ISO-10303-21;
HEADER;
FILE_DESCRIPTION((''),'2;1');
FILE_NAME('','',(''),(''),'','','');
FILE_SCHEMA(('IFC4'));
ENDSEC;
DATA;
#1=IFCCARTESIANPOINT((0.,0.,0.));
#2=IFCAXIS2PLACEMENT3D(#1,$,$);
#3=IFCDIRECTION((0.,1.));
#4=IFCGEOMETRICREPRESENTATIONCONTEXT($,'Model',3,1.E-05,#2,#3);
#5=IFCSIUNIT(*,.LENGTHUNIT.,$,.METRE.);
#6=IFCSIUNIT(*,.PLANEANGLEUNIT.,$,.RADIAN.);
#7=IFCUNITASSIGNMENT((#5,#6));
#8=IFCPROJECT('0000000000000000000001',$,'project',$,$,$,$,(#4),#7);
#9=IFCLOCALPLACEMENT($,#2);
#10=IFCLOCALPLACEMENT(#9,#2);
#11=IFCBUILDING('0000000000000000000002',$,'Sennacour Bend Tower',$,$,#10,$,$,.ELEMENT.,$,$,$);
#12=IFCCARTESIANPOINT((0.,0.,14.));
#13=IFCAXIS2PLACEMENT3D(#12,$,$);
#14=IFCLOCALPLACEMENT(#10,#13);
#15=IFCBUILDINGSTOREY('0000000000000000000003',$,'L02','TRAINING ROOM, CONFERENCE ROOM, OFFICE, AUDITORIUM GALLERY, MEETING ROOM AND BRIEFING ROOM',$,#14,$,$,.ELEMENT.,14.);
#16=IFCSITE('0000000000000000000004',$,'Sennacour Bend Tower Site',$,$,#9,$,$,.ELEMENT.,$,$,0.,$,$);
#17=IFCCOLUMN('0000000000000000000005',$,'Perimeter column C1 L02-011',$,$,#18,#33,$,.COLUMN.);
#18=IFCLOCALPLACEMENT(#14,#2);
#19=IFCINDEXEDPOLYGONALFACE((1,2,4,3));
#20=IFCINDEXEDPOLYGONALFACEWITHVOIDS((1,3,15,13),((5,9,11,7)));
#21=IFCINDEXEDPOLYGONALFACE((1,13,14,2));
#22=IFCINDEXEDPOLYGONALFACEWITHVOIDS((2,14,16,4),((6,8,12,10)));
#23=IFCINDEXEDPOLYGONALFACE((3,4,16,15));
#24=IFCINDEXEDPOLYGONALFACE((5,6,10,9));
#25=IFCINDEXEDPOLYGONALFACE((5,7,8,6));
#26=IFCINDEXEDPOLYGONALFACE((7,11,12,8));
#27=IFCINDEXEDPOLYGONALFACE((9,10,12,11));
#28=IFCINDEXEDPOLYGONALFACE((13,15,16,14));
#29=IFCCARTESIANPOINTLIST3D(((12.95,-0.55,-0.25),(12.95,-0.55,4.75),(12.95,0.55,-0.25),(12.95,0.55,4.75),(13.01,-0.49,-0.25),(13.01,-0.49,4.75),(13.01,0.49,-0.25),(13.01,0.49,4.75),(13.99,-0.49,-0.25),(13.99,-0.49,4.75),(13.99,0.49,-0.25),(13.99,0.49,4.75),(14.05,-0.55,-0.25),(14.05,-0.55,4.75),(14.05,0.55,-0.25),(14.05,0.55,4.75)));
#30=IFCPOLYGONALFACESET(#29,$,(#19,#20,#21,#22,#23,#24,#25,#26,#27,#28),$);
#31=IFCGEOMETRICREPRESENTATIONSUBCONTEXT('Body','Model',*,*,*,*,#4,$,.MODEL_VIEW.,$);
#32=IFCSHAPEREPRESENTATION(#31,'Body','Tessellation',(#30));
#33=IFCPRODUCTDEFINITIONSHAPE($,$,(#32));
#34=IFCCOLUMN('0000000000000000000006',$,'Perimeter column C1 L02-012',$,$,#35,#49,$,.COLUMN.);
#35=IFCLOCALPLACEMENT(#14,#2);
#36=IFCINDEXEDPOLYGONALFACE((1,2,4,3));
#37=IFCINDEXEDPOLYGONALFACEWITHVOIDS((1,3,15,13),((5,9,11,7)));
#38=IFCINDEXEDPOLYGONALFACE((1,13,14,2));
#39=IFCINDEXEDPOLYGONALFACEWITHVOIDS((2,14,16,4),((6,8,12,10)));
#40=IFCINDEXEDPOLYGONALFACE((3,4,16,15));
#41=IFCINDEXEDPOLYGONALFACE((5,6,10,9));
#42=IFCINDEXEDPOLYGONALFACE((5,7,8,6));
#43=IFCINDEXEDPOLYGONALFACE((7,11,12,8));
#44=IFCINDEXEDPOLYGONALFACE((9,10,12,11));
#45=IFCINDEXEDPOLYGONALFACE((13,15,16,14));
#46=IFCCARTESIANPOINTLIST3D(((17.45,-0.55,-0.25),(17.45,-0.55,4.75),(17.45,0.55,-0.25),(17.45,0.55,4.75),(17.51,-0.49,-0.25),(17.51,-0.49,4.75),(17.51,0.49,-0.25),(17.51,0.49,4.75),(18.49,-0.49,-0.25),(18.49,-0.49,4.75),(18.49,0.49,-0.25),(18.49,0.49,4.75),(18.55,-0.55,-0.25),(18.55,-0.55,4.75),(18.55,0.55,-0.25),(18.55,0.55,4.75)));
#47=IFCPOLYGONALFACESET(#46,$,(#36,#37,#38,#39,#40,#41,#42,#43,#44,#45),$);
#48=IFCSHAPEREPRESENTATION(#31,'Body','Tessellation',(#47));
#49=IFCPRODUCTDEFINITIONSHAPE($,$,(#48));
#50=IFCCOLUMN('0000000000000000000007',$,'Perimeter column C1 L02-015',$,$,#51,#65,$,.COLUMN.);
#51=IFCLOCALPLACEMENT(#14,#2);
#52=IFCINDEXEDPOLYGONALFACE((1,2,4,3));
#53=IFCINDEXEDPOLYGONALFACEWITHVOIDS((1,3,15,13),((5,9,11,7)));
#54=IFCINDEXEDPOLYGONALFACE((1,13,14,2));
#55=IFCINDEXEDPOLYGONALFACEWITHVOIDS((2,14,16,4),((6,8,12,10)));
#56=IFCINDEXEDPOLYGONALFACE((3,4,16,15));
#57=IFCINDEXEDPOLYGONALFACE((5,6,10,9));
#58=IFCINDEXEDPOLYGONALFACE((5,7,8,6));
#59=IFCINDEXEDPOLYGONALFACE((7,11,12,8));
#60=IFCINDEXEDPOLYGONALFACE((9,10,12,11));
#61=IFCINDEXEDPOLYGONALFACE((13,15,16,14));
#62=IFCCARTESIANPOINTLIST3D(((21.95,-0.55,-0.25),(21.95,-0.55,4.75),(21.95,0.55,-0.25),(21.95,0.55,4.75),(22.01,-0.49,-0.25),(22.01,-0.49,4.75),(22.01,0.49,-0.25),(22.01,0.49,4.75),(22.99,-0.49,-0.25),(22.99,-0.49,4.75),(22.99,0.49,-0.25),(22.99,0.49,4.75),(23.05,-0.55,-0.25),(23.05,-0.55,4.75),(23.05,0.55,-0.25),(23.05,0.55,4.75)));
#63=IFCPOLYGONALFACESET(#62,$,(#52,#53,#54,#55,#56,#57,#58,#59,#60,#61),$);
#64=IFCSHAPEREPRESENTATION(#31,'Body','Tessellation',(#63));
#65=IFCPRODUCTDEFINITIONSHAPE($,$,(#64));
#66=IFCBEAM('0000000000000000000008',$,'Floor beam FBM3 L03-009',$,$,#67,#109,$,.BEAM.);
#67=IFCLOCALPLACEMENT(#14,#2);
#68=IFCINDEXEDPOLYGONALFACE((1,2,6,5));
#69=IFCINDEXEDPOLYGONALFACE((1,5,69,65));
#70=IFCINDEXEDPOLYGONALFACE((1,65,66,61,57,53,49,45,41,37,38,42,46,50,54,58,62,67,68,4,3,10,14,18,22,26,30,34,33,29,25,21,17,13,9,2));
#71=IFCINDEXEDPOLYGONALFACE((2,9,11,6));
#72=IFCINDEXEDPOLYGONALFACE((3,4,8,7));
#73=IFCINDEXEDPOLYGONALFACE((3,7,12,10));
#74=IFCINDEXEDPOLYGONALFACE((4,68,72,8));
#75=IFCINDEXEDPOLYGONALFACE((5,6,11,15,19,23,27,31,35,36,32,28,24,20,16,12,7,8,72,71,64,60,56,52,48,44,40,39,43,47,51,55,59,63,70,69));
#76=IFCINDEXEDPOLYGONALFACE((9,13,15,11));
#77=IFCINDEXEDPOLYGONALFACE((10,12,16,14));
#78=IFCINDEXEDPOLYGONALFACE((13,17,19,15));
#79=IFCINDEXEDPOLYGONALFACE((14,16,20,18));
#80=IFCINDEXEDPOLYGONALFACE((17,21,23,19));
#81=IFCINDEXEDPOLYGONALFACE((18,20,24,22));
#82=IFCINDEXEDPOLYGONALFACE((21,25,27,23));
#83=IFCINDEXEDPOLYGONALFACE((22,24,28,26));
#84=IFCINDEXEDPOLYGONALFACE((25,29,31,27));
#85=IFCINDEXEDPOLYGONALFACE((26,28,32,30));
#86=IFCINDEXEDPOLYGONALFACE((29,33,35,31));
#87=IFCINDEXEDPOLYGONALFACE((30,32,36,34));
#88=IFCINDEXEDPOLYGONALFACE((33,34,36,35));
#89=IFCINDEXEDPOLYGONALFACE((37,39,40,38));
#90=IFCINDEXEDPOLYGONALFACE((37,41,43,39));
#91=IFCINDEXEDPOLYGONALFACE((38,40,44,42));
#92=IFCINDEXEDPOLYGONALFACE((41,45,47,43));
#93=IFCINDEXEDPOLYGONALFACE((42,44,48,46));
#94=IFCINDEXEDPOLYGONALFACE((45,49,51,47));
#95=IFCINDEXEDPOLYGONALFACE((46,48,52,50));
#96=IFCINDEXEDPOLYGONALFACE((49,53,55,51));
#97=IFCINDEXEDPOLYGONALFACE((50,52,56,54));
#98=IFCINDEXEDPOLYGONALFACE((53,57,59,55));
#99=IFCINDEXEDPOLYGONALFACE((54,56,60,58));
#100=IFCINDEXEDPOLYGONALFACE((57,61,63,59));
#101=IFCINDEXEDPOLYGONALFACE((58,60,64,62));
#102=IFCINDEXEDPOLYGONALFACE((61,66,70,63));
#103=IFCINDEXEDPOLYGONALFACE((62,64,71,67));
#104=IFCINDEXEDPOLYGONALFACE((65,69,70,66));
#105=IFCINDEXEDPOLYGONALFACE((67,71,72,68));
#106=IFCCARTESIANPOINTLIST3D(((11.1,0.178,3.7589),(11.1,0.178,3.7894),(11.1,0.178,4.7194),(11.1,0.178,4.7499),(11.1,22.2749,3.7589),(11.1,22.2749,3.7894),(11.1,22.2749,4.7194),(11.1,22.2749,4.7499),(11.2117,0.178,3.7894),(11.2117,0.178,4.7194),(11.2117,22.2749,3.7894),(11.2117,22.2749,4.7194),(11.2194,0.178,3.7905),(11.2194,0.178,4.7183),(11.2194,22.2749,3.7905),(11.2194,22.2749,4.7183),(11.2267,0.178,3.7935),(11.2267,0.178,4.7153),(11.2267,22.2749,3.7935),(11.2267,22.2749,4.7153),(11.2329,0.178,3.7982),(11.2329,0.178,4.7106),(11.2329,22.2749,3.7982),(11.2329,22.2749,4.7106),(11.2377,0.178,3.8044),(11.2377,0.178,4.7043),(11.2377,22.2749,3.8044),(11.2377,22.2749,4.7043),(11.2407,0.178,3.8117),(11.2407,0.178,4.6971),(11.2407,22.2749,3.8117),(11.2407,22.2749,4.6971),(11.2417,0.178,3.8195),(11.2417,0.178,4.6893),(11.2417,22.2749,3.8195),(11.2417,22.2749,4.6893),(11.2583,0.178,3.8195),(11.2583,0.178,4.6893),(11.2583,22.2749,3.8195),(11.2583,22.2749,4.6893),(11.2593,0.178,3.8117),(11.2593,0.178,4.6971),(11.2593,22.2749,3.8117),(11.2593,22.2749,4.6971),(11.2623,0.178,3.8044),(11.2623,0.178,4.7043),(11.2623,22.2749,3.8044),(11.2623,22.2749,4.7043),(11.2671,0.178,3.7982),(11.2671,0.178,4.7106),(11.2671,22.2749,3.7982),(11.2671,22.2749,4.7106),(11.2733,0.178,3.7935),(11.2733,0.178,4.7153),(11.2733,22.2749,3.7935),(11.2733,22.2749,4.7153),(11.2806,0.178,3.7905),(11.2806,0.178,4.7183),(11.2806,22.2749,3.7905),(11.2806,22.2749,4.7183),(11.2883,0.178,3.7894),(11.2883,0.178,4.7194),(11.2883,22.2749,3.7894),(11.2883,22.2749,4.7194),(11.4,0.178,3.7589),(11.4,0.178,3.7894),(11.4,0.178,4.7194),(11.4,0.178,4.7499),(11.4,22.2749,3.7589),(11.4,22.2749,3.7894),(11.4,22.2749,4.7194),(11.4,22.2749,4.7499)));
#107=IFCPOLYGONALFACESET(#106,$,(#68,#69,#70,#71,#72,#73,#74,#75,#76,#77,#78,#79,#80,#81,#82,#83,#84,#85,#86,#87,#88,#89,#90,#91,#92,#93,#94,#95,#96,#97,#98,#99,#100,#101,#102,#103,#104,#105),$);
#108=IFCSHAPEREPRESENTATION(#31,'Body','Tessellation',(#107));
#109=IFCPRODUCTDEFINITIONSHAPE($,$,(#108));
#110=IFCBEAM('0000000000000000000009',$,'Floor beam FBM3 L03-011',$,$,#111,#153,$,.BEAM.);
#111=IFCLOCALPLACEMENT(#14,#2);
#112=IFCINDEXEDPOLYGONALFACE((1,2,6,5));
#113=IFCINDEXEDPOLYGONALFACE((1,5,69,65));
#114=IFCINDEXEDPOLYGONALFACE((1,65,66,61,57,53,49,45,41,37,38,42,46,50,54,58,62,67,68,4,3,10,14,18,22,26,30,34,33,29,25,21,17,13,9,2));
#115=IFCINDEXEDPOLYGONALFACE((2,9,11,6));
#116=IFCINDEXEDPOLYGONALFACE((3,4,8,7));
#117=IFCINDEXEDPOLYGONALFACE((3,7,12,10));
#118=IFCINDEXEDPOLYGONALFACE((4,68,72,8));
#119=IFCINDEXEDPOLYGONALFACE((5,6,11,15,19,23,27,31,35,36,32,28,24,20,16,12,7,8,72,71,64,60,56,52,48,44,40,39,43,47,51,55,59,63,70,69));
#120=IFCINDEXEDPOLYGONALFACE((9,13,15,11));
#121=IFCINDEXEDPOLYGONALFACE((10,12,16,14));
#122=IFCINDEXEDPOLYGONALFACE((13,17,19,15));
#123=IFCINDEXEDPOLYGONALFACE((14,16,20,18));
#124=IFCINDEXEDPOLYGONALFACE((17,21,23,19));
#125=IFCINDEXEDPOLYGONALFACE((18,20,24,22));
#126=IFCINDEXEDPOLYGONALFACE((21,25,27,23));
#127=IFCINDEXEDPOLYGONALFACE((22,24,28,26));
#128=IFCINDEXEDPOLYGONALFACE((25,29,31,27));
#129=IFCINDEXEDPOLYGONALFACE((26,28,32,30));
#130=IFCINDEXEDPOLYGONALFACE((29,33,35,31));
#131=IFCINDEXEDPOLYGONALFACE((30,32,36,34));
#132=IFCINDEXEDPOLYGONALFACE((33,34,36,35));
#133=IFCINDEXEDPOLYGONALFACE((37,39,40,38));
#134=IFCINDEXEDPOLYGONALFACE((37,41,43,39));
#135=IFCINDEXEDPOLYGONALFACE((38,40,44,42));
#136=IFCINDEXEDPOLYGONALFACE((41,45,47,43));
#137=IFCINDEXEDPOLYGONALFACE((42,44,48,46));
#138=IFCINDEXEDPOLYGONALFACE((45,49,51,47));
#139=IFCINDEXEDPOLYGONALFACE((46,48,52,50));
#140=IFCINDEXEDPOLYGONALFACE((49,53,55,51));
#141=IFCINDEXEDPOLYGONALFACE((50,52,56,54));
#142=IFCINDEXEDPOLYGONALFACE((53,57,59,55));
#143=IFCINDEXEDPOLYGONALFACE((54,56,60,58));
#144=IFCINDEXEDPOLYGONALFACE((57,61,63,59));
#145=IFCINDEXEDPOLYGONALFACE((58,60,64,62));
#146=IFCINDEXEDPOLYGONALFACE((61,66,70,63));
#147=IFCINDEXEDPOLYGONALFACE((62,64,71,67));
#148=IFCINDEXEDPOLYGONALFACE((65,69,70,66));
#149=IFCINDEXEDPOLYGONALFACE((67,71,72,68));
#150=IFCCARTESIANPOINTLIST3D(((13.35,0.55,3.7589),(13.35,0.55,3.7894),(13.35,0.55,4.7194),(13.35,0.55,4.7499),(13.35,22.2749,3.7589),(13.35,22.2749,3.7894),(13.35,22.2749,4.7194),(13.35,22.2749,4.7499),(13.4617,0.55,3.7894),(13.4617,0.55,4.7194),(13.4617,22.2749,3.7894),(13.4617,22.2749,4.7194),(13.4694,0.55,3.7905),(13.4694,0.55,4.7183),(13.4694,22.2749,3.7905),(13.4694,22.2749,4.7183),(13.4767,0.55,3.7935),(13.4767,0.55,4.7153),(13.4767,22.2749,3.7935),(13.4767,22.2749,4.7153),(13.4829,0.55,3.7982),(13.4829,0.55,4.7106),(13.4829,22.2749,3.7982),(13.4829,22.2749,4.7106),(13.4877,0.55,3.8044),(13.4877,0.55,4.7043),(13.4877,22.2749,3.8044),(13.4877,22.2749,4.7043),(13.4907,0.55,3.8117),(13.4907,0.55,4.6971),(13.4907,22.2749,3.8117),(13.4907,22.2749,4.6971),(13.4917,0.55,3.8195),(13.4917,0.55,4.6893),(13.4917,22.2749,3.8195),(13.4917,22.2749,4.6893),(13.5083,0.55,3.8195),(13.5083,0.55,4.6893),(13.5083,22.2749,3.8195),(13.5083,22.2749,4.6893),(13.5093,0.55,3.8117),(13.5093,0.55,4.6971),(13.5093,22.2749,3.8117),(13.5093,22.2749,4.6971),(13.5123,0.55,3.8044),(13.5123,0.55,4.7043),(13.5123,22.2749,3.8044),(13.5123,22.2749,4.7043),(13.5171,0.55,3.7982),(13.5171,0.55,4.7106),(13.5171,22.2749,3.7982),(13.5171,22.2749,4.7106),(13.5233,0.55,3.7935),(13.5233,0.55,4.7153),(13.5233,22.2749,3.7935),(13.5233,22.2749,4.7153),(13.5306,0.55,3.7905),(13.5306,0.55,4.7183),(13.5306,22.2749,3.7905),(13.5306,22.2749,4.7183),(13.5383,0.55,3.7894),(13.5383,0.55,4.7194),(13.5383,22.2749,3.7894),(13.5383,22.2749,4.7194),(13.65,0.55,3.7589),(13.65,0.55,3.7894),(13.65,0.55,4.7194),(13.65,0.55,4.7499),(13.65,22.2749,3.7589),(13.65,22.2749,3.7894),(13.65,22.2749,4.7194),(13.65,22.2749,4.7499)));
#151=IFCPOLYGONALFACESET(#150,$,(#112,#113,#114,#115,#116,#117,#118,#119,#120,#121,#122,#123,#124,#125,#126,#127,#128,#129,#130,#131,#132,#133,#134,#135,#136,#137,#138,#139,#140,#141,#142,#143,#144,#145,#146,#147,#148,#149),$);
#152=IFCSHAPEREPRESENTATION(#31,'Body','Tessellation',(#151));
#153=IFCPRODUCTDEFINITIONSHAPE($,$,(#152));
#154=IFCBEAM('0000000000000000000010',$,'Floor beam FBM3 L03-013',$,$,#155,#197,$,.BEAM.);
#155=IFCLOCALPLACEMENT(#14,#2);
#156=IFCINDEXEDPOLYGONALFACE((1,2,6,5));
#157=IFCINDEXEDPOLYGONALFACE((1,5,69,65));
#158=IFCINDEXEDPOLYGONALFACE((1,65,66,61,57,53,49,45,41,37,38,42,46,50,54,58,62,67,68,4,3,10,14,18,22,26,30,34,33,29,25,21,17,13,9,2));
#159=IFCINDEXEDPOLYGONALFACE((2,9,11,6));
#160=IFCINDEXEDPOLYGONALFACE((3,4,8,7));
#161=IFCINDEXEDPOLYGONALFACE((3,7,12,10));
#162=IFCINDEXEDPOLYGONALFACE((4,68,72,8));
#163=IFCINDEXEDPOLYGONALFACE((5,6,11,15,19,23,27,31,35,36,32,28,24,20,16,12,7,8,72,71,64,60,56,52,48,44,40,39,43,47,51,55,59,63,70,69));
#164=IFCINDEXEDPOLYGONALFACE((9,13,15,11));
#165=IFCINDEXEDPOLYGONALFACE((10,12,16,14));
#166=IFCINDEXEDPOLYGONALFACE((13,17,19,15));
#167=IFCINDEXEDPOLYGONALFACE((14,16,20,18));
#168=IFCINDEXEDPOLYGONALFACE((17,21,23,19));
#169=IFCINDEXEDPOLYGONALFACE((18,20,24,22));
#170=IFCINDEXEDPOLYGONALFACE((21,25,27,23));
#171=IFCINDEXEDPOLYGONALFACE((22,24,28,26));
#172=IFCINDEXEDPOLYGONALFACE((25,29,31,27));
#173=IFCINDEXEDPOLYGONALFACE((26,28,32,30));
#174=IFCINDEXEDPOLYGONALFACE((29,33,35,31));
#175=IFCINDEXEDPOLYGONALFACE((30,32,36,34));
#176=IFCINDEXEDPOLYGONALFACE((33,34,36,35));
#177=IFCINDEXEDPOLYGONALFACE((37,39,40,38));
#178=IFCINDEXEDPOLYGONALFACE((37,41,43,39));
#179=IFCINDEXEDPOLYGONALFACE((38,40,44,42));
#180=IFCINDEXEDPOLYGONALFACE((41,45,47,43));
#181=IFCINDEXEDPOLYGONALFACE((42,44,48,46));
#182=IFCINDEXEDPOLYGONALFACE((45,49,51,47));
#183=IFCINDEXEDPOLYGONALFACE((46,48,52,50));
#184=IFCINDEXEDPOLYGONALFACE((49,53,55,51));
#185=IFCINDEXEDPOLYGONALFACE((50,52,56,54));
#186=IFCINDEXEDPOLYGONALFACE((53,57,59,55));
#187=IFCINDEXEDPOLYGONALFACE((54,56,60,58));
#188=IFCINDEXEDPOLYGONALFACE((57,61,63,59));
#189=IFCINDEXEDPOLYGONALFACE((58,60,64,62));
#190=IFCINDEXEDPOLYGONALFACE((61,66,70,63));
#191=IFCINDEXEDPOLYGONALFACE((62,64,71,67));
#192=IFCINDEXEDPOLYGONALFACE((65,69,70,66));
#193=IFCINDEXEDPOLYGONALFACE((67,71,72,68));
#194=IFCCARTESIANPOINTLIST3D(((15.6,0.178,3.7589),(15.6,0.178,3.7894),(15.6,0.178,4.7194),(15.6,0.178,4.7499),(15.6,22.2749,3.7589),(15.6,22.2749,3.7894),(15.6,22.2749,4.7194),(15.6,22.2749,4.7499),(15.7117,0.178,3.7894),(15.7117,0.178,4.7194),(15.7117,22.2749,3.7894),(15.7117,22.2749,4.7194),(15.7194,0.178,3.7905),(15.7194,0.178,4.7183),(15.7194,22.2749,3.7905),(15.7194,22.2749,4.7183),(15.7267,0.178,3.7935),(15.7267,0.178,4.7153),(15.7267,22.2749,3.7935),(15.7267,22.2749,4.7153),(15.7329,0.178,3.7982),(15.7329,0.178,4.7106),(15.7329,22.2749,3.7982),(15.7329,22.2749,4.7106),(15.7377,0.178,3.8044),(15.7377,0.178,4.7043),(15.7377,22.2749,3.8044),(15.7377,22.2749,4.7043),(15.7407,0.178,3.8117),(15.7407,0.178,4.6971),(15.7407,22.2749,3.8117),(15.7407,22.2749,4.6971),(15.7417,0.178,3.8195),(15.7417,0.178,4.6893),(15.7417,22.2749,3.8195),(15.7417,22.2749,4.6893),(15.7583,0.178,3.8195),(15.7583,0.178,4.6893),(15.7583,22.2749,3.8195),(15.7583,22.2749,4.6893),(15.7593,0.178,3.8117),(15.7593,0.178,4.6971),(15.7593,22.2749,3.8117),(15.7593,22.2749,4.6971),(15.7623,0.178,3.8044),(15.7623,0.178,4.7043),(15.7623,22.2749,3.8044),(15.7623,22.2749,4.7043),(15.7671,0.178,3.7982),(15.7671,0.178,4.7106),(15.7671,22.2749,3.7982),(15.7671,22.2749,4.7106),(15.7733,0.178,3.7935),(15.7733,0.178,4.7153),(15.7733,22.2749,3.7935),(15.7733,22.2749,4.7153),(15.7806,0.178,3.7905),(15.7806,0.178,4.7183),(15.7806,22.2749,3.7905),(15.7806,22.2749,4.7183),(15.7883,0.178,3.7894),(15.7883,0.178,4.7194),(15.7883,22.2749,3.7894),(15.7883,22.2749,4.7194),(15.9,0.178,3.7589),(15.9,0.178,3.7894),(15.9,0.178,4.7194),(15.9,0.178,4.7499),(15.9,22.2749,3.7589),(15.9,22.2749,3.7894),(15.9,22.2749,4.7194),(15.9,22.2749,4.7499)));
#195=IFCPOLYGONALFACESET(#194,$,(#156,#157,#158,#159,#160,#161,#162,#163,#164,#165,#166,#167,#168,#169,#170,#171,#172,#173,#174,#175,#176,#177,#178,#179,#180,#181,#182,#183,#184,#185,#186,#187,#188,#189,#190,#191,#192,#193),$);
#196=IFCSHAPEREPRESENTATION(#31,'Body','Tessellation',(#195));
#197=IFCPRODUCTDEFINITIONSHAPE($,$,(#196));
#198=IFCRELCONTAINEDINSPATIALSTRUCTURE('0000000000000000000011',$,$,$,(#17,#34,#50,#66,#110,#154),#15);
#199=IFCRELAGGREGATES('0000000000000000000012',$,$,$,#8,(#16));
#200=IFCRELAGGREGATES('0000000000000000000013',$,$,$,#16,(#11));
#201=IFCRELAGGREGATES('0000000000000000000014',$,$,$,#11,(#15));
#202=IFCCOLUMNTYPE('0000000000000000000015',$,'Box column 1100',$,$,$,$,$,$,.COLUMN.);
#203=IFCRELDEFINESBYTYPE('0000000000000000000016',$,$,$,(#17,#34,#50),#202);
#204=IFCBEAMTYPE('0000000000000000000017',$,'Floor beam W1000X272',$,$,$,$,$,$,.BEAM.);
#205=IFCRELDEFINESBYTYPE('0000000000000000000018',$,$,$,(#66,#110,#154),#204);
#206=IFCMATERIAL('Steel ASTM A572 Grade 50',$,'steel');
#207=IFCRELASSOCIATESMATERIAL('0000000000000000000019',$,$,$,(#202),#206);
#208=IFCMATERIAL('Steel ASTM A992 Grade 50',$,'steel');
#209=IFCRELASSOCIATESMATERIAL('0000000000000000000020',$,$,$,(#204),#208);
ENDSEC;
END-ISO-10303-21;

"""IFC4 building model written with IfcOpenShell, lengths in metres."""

from ifc_helpers import new_model, si_unit, direction, frame, origin, origin_2d, place, context, subcontext, project, spatial, hollow_rectangle, i_section, extrude, material, material_profile, profile_set, type_object, element, save


model = new_model("IFC4")

# Units and contexts
model_context = context("Model", 3, precision=1e-05, world=origin(), true_north=direction((0.0, 1.0)))
body_context = subcontext(model_context, "Body", "Model", "MODEL_VIEW")
ifc_project = project(units=[si_unit("LENGTHUNIT", "METRE"), si_unit("PLANEANGLEUNIT", "RADIAN")], contexts=[model_context])

# Site, building, storey
site_placement = place(None, origin())
site = spatial("IfcSite", under=ifc_project, at=site_placement, Name="Sennacour Bend Tower Site", CompositionType="ELEMENT", RefElevation=0.0)
building_placement = place(site_placement, origin())
building = spatial("IfcBuilding", under=site, at=building_placement, Name="Sennacour Bend Tower", CompositionType="ELEMENT")
storey_placement = place(building_placement, frame((0.0, 0.0, 14.0)))
storey = spatial("IfcBuildingStorey", under=building, at=storey_placement, Name="L02", Description="TRAINING ROOM, CONFERENCE ROOM, OFFICE, AUDITORIUM GALLERY, MEETING ROOM AND BRIEFING ROOM", CompositionType="ELEMENT", Elevation=14.0)

# Columns
ifc_material_1 = material(Name="Steel ASTM A572 Grade 50", Category="steel")
ifc_material_profile_1 = material_profile(ifc_material_1, hollow_rectangle(XDim=1.1001, YDim=1.1001, WallThickness=0.0601, at=origin_2d()), Name="Steel ASTM A572 Grade 50", Category="steel")
ifc_profile_set_1 = profile_set([ifc_material_profile_1], Name="Steel ASTM A572 Grade 50")
column_type = type_object("IfcColumnType", Name="Box column 1100", PredefinedType="COLUMN", material=ifc_profile_set_1)
for number, where, z_axis, x_axis, name in (
    (1, (13.5, 0.0, -0.25), (0.0, 0.0, 1.0), (1.0, 0.0, 0.0), "Perimeter column C1 L02-011"),
    (2, (18.0, 0.0, -0.25), (0.0, 0.0, 1.0), (1.0, 0.0, 0.0), "Perimeter column C1 L02-012"),
    (3, (22.5, 0.0, -0.25), (0.0, 0.0, 1.0), (1.0, 0.0, 0.0), "Perimeter column C1 L02-015"),
):
    element("IfcColumn", number, at=place(storey_placement, frame(where, z_axis=z_axis, x_axis=x_axis)), inside=storey, type_object=column_type, Name=name, PredefinedType="COLUMN", context=body_context, shape_type="SweptSolid", body=[
        extrude(hollow_rectangle(XDim=1.1001, YDim=1.1001, WallThickness=0.0601, at=origin_2d()), origin(), (0.0, 0.0, 1.0), 5.0),
    ])

# Beams
ifc_material_2 = material(Name="Steel ASTM A992 Grade 50", Category="steel")
ifc_material_profile_2 = material_profile(ifc_material_2, i_section(OverallWidth=0.3, OverallDepth=0.991, WebThickness=0.0166, FlangeThickness=0.0305, FilletRadius=0.03, at=origin_2d()), Name="Steel ASTM A992 Grade 50", Category="steel")
ifc_profile_set_2 = profile_set([ifc_material_profile_2], Name="Steel ASTM A992 Grade 50")
beam_type_1 = type_object("IfcBeamType", Name="Floor beam W1000X272", PredefinedType="BEAM", material=ifc_profile_set_2)
beam_1_placement = place(storey_placement, frame((11.25, 0.178, 4.2544), z_axis=(0.0, 1.0, 0.0), x_axis=(-1.0, 0.0, 0.0)))
element("IfcBeam", 4, at=beam_1_placement, inside=storey, type_object=beam_type_1, Name="Floor beam FBM3 L03-009", PredefinedType="BEAM", context=body_context, shape_type="SweptSolid", body=[
    extrude(i_section(OverallWidth=0.3, OverallDepth=0.991, WebThickness=0.0166, FlangeThickness=0.0305, FilletRadius=0.03, at=origin_2d()), origin(), (0.0, 0.0, 1.0), 22.0969),
])
beam_2_placement = place(storey_placement, frame((13.5, 0.55, 4.2544), z_axis=(0.0, 1.0, 0.0), x_axis=(-1.0, 0.0, 0.0)))
element("IfcBeam", 5, at=beam_2_placement, inside=storey, type_object=beam_type_1, Name="Floor beam FBM3 L03-011", PredefinedType="BEAM", context=body_context, shape_type="SweptSolid", body=[
    extrude(i_section(OverallWidth=0.3, OverallDepth=0.991, WebThickness=0.0166, FlangeThickness=0.0305, FilletRadius=0.03, at=origin_2d()), origin(), (0.0, 0.0, 1.0), 21.7249),
])
beam_3_placement = place(storey_placement, frame((15.75, 0.178, 4.2544), z_axis=(0.0, 1.0, 0.0), x_axis=(-1.0, 0.0, 0.0)))
element("IfcBeam", 6, at=beam_3_placement, inside=storey, type_object=beam_type_1, Name="Floor beam FBM3 L03-013", PredefinedType="BEAM", context=body_context, shape_type="SweptSolid", body=[
    extrude(i_section(OverallWidth=0.3, OverallDepth=0.991, WebThickness=0.0166, FlangeThickness=0.0305, FilletRadius=0.03, at=origin_2d()), origin(), (0.0, 0.0, 1.0), 22.0969),
])

save(model, "model.ifc")
